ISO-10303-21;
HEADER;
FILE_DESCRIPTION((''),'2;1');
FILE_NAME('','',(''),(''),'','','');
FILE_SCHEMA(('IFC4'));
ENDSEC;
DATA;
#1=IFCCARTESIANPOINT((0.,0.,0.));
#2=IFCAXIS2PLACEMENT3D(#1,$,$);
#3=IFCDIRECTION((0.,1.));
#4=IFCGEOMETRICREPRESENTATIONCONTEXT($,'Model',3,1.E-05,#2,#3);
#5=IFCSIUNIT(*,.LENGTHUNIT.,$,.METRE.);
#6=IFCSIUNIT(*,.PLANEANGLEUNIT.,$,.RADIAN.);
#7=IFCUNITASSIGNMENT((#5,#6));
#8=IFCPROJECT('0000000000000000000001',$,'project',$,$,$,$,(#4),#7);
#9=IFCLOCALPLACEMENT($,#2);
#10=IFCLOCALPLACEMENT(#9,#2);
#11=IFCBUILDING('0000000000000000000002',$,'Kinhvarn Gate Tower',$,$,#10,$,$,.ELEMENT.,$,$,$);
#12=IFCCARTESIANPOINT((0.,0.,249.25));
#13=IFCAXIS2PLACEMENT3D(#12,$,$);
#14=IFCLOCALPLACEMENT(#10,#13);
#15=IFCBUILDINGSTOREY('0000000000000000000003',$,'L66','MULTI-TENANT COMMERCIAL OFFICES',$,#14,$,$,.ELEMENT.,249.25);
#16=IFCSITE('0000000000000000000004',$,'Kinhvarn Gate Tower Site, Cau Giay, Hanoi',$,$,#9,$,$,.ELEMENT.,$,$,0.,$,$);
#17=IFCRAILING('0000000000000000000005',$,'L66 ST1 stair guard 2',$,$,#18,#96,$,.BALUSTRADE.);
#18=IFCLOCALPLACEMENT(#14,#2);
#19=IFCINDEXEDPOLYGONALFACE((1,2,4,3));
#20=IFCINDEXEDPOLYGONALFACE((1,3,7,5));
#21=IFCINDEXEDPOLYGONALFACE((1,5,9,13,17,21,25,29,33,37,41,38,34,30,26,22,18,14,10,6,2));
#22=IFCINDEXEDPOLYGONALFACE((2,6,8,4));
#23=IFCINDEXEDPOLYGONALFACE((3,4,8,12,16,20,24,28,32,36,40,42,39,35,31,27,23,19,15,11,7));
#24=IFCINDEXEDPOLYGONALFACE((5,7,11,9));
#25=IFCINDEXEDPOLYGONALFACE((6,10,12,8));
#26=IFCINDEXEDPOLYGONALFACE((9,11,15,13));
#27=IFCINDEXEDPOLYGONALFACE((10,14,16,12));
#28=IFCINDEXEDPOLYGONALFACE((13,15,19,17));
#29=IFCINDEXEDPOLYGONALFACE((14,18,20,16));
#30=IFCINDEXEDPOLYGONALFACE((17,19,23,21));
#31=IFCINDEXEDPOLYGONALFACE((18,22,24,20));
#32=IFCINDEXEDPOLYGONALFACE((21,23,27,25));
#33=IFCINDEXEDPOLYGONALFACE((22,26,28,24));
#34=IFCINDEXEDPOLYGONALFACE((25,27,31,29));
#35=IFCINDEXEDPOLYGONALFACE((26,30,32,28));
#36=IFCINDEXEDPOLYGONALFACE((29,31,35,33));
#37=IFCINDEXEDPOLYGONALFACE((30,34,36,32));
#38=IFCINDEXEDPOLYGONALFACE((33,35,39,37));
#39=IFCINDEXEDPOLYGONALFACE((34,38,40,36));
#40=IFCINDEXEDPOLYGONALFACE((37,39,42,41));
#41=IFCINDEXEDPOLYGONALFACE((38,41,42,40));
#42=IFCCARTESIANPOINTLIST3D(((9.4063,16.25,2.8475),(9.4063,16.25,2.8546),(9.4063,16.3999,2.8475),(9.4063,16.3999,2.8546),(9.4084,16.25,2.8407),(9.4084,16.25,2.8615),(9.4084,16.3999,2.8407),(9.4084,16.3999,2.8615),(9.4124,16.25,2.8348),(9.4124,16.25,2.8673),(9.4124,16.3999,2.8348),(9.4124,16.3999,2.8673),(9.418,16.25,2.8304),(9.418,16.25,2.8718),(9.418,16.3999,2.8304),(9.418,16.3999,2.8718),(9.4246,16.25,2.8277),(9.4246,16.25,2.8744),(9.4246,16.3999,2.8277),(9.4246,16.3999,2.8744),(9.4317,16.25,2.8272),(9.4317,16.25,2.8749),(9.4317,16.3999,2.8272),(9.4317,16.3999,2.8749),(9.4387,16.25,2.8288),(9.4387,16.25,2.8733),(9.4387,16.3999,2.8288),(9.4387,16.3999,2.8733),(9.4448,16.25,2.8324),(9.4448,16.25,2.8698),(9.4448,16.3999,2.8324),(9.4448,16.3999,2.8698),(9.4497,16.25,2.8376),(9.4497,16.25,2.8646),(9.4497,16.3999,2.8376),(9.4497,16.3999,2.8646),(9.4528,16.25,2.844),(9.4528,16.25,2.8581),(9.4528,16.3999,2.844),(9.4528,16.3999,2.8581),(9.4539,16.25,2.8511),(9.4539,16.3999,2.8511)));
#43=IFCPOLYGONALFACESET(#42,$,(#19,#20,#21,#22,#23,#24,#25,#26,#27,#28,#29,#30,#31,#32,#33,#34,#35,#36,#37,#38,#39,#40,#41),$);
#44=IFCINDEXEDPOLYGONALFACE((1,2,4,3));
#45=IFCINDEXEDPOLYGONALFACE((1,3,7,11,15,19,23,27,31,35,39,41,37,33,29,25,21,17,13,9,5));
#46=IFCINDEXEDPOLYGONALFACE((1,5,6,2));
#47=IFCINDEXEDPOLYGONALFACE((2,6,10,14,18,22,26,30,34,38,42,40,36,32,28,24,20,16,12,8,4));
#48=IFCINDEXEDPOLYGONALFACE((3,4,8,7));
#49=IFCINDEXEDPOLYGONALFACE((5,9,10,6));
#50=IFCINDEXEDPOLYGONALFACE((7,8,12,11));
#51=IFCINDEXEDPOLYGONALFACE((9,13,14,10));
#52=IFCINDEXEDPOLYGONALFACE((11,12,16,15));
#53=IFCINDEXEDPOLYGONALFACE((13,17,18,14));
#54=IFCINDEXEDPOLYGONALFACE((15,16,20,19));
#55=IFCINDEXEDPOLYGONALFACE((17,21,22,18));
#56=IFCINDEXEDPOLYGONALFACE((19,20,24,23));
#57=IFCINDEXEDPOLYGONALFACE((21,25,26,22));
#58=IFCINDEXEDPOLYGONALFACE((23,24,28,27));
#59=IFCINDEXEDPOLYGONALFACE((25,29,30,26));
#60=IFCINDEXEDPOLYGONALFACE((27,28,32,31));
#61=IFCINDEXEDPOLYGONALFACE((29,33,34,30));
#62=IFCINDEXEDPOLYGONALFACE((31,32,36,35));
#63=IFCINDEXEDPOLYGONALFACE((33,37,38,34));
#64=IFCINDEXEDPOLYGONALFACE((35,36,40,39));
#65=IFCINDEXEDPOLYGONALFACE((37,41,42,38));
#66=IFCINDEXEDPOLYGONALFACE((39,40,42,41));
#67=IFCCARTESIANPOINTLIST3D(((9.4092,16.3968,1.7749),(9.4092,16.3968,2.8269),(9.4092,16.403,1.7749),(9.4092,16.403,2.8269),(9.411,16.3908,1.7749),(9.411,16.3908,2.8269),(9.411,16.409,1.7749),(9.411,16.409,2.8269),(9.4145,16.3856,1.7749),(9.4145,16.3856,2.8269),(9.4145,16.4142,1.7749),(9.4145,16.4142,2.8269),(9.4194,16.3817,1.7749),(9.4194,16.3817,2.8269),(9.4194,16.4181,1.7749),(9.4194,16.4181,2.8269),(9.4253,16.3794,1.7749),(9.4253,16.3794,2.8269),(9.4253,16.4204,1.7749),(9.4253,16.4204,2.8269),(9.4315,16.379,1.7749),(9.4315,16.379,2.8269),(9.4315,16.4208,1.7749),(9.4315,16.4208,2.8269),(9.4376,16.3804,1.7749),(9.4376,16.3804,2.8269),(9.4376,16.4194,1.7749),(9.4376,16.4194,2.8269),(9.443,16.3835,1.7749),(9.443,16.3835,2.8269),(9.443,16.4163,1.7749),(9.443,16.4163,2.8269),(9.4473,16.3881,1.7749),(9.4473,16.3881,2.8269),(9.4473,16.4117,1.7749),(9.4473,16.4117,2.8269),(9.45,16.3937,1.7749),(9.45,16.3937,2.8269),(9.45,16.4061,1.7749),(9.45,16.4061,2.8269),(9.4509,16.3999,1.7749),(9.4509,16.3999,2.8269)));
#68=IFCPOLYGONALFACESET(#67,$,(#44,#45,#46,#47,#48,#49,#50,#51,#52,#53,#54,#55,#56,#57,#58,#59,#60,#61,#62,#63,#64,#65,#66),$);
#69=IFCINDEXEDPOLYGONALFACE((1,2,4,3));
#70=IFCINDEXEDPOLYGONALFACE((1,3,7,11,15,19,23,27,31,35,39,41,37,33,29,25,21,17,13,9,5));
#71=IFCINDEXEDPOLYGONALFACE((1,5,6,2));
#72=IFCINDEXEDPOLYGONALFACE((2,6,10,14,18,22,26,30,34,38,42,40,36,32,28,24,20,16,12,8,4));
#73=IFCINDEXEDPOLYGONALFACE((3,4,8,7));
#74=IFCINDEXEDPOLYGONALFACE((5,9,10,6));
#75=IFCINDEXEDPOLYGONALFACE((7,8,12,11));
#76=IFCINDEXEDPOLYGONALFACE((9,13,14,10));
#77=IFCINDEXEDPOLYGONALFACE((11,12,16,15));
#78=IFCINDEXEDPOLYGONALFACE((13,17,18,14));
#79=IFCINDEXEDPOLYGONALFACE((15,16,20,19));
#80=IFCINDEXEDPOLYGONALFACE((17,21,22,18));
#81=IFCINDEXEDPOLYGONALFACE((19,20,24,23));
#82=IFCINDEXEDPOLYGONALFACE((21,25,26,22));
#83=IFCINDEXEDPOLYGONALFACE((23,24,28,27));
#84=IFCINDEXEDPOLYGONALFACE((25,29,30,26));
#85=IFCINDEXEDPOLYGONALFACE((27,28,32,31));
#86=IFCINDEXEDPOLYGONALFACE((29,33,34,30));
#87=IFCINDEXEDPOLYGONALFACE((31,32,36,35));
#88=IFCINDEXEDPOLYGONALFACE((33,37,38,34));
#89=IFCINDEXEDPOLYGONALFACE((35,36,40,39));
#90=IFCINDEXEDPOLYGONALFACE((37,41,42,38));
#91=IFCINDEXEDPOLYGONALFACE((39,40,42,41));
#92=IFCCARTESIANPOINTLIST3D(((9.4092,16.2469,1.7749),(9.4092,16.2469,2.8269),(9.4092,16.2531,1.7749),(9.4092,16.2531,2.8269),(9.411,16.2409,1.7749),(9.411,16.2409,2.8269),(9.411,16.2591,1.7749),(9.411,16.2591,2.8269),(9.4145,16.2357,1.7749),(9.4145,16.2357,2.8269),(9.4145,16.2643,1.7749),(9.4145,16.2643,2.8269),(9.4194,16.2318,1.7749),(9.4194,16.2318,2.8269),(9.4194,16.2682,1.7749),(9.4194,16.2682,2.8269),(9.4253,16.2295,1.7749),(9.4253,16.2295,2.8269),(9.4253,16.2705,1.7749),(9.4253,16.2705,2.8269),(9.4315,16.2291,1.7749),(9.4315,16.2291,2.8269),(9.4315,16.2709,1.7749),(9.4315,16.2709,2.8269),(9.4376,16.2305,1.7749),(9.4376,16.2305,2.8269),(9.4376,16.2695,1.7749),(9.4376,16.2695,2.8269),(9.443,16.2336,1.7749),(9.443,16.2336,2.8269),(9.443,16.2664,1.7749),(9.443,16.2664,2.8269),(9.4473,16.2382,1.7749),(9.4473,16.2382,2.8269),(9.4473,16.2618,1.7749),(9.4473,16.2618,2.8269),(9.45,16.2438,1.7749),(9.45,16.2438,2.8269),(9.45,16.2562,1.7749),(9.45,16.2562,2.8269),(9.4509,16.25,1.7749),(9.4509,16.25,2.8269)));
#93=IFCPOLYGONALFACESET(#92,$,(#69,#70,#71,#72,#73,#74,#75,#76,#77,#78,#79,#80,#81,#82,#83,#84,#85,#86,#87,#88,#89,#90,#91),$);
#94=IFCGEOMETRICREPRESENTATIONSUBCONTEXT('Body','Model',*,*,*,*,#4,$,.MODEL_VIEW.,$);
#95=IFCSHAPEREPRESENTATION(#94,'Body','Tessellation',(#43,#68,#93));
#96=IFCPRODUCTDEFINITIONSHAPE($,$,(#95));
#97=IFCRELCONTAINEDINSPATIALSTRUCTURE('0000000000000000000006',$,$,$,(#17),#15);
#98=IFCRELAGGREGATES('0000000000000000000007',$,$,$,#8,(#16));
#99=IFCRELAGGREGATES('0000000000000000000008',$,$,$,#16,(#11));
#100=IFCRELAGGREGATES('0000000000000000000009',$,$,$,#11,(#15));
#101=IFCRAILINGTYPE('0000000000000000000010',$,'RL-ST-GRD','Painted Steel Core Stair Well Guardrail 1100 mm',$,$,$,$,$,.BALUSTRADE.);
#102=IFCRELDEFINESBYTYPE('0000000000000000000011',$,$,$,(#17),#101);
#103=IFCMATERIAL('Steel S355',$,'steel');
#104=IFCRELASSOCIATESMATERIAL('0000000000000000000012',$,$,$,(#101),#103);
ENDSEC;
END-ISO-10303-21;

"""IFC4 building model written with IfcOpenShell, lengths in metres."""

from ifc_helpers import new_model, si_unit, direction, frame, origin, origin_2d, place, context, subcontext, project, spatial, circle, extrude, material, type_object, element, save


model = new_model("IFC4")

# Units and contexts
model_context = context("Model", 3, precision=1e-05, world=origin(), true_north=direction((0.0, 1.0)))
body_context = subcontext(model_context, "Body", "Model", "MODEL_VIEW")
ifc_project = project(units=[si_unit("LENGTHUNIT", "METRE"), si_unit("PLANEANGLEUNIT", "RADIAN")], contexts=[model_context])

# Site, building, storey
site_placement = place(None, origin())
site = spatial("IfcSite", under=ifc_project, at=site_placement, Name="Kinhvarn Gate Tower Site, Cau Giay, Hanoi", CompositionType="ELEMENT", RefElevation=0.0)
building_placement = place(site_placement, origin())
building = spatial("IfcBuilding", under=site, at=building_placement, Name="Kinhvarn Gate Tower", CompositionType="ELEMENT")
storey_placement = place(building_placement, frame((0.0, 0.0, 249.25)))
storey = spatial("IfcBuildingStorey", under=building, at=storey_placement, Name="L66", Description="MULTI-TENANT COMMERCIAL OFFICES", CompositionType="ELEMENT", Elevation=249.25)

# Shared definitions
ifc_material_1 = material(Name="Steel S355", Category="steel")

# Railing
railing_type_1 = type_object("IfcRailingType", Name="RL-ST-GRD", Description="Painted Steel Core Stair Well Guardrail 1100 mm", PredefinedType="BALUSTRADE", material=ifc_material_1)
railing_1_placement = place(storey_placement, frame((9.4299, 16.3999, 1.7749)))
element("IfcRailing", 1, at=railing_1_placement, inside=storey, type_object=railing_type_1, Name="L66 ST1 stair guard 2", PredefinedType="BALUSTRADE", context=body_context, shape_type="SweptSolid", body=[
    extrude(circle(Radius=0.0239, at=origin_2d()), frame((0.0, 0.0, 1.0762), z_axis=(0.0, -1.0, 0.0), x_axis=(1.0, 0.0, 0.0)), (0.0, 0.0, 1.0), 0.1499),
    extrude(circle(Radius=0.021, at=origin_2d()), origin(), (0.0, 0.0, 1.0), 1.052),
    extrude(circle(Radius=0.021, at=origin_2d()), frame((0.0, -0.1499, 0.0)), (0.0, 0.0, 1.0), 1.052),
])

save(model, "model.ifc")
